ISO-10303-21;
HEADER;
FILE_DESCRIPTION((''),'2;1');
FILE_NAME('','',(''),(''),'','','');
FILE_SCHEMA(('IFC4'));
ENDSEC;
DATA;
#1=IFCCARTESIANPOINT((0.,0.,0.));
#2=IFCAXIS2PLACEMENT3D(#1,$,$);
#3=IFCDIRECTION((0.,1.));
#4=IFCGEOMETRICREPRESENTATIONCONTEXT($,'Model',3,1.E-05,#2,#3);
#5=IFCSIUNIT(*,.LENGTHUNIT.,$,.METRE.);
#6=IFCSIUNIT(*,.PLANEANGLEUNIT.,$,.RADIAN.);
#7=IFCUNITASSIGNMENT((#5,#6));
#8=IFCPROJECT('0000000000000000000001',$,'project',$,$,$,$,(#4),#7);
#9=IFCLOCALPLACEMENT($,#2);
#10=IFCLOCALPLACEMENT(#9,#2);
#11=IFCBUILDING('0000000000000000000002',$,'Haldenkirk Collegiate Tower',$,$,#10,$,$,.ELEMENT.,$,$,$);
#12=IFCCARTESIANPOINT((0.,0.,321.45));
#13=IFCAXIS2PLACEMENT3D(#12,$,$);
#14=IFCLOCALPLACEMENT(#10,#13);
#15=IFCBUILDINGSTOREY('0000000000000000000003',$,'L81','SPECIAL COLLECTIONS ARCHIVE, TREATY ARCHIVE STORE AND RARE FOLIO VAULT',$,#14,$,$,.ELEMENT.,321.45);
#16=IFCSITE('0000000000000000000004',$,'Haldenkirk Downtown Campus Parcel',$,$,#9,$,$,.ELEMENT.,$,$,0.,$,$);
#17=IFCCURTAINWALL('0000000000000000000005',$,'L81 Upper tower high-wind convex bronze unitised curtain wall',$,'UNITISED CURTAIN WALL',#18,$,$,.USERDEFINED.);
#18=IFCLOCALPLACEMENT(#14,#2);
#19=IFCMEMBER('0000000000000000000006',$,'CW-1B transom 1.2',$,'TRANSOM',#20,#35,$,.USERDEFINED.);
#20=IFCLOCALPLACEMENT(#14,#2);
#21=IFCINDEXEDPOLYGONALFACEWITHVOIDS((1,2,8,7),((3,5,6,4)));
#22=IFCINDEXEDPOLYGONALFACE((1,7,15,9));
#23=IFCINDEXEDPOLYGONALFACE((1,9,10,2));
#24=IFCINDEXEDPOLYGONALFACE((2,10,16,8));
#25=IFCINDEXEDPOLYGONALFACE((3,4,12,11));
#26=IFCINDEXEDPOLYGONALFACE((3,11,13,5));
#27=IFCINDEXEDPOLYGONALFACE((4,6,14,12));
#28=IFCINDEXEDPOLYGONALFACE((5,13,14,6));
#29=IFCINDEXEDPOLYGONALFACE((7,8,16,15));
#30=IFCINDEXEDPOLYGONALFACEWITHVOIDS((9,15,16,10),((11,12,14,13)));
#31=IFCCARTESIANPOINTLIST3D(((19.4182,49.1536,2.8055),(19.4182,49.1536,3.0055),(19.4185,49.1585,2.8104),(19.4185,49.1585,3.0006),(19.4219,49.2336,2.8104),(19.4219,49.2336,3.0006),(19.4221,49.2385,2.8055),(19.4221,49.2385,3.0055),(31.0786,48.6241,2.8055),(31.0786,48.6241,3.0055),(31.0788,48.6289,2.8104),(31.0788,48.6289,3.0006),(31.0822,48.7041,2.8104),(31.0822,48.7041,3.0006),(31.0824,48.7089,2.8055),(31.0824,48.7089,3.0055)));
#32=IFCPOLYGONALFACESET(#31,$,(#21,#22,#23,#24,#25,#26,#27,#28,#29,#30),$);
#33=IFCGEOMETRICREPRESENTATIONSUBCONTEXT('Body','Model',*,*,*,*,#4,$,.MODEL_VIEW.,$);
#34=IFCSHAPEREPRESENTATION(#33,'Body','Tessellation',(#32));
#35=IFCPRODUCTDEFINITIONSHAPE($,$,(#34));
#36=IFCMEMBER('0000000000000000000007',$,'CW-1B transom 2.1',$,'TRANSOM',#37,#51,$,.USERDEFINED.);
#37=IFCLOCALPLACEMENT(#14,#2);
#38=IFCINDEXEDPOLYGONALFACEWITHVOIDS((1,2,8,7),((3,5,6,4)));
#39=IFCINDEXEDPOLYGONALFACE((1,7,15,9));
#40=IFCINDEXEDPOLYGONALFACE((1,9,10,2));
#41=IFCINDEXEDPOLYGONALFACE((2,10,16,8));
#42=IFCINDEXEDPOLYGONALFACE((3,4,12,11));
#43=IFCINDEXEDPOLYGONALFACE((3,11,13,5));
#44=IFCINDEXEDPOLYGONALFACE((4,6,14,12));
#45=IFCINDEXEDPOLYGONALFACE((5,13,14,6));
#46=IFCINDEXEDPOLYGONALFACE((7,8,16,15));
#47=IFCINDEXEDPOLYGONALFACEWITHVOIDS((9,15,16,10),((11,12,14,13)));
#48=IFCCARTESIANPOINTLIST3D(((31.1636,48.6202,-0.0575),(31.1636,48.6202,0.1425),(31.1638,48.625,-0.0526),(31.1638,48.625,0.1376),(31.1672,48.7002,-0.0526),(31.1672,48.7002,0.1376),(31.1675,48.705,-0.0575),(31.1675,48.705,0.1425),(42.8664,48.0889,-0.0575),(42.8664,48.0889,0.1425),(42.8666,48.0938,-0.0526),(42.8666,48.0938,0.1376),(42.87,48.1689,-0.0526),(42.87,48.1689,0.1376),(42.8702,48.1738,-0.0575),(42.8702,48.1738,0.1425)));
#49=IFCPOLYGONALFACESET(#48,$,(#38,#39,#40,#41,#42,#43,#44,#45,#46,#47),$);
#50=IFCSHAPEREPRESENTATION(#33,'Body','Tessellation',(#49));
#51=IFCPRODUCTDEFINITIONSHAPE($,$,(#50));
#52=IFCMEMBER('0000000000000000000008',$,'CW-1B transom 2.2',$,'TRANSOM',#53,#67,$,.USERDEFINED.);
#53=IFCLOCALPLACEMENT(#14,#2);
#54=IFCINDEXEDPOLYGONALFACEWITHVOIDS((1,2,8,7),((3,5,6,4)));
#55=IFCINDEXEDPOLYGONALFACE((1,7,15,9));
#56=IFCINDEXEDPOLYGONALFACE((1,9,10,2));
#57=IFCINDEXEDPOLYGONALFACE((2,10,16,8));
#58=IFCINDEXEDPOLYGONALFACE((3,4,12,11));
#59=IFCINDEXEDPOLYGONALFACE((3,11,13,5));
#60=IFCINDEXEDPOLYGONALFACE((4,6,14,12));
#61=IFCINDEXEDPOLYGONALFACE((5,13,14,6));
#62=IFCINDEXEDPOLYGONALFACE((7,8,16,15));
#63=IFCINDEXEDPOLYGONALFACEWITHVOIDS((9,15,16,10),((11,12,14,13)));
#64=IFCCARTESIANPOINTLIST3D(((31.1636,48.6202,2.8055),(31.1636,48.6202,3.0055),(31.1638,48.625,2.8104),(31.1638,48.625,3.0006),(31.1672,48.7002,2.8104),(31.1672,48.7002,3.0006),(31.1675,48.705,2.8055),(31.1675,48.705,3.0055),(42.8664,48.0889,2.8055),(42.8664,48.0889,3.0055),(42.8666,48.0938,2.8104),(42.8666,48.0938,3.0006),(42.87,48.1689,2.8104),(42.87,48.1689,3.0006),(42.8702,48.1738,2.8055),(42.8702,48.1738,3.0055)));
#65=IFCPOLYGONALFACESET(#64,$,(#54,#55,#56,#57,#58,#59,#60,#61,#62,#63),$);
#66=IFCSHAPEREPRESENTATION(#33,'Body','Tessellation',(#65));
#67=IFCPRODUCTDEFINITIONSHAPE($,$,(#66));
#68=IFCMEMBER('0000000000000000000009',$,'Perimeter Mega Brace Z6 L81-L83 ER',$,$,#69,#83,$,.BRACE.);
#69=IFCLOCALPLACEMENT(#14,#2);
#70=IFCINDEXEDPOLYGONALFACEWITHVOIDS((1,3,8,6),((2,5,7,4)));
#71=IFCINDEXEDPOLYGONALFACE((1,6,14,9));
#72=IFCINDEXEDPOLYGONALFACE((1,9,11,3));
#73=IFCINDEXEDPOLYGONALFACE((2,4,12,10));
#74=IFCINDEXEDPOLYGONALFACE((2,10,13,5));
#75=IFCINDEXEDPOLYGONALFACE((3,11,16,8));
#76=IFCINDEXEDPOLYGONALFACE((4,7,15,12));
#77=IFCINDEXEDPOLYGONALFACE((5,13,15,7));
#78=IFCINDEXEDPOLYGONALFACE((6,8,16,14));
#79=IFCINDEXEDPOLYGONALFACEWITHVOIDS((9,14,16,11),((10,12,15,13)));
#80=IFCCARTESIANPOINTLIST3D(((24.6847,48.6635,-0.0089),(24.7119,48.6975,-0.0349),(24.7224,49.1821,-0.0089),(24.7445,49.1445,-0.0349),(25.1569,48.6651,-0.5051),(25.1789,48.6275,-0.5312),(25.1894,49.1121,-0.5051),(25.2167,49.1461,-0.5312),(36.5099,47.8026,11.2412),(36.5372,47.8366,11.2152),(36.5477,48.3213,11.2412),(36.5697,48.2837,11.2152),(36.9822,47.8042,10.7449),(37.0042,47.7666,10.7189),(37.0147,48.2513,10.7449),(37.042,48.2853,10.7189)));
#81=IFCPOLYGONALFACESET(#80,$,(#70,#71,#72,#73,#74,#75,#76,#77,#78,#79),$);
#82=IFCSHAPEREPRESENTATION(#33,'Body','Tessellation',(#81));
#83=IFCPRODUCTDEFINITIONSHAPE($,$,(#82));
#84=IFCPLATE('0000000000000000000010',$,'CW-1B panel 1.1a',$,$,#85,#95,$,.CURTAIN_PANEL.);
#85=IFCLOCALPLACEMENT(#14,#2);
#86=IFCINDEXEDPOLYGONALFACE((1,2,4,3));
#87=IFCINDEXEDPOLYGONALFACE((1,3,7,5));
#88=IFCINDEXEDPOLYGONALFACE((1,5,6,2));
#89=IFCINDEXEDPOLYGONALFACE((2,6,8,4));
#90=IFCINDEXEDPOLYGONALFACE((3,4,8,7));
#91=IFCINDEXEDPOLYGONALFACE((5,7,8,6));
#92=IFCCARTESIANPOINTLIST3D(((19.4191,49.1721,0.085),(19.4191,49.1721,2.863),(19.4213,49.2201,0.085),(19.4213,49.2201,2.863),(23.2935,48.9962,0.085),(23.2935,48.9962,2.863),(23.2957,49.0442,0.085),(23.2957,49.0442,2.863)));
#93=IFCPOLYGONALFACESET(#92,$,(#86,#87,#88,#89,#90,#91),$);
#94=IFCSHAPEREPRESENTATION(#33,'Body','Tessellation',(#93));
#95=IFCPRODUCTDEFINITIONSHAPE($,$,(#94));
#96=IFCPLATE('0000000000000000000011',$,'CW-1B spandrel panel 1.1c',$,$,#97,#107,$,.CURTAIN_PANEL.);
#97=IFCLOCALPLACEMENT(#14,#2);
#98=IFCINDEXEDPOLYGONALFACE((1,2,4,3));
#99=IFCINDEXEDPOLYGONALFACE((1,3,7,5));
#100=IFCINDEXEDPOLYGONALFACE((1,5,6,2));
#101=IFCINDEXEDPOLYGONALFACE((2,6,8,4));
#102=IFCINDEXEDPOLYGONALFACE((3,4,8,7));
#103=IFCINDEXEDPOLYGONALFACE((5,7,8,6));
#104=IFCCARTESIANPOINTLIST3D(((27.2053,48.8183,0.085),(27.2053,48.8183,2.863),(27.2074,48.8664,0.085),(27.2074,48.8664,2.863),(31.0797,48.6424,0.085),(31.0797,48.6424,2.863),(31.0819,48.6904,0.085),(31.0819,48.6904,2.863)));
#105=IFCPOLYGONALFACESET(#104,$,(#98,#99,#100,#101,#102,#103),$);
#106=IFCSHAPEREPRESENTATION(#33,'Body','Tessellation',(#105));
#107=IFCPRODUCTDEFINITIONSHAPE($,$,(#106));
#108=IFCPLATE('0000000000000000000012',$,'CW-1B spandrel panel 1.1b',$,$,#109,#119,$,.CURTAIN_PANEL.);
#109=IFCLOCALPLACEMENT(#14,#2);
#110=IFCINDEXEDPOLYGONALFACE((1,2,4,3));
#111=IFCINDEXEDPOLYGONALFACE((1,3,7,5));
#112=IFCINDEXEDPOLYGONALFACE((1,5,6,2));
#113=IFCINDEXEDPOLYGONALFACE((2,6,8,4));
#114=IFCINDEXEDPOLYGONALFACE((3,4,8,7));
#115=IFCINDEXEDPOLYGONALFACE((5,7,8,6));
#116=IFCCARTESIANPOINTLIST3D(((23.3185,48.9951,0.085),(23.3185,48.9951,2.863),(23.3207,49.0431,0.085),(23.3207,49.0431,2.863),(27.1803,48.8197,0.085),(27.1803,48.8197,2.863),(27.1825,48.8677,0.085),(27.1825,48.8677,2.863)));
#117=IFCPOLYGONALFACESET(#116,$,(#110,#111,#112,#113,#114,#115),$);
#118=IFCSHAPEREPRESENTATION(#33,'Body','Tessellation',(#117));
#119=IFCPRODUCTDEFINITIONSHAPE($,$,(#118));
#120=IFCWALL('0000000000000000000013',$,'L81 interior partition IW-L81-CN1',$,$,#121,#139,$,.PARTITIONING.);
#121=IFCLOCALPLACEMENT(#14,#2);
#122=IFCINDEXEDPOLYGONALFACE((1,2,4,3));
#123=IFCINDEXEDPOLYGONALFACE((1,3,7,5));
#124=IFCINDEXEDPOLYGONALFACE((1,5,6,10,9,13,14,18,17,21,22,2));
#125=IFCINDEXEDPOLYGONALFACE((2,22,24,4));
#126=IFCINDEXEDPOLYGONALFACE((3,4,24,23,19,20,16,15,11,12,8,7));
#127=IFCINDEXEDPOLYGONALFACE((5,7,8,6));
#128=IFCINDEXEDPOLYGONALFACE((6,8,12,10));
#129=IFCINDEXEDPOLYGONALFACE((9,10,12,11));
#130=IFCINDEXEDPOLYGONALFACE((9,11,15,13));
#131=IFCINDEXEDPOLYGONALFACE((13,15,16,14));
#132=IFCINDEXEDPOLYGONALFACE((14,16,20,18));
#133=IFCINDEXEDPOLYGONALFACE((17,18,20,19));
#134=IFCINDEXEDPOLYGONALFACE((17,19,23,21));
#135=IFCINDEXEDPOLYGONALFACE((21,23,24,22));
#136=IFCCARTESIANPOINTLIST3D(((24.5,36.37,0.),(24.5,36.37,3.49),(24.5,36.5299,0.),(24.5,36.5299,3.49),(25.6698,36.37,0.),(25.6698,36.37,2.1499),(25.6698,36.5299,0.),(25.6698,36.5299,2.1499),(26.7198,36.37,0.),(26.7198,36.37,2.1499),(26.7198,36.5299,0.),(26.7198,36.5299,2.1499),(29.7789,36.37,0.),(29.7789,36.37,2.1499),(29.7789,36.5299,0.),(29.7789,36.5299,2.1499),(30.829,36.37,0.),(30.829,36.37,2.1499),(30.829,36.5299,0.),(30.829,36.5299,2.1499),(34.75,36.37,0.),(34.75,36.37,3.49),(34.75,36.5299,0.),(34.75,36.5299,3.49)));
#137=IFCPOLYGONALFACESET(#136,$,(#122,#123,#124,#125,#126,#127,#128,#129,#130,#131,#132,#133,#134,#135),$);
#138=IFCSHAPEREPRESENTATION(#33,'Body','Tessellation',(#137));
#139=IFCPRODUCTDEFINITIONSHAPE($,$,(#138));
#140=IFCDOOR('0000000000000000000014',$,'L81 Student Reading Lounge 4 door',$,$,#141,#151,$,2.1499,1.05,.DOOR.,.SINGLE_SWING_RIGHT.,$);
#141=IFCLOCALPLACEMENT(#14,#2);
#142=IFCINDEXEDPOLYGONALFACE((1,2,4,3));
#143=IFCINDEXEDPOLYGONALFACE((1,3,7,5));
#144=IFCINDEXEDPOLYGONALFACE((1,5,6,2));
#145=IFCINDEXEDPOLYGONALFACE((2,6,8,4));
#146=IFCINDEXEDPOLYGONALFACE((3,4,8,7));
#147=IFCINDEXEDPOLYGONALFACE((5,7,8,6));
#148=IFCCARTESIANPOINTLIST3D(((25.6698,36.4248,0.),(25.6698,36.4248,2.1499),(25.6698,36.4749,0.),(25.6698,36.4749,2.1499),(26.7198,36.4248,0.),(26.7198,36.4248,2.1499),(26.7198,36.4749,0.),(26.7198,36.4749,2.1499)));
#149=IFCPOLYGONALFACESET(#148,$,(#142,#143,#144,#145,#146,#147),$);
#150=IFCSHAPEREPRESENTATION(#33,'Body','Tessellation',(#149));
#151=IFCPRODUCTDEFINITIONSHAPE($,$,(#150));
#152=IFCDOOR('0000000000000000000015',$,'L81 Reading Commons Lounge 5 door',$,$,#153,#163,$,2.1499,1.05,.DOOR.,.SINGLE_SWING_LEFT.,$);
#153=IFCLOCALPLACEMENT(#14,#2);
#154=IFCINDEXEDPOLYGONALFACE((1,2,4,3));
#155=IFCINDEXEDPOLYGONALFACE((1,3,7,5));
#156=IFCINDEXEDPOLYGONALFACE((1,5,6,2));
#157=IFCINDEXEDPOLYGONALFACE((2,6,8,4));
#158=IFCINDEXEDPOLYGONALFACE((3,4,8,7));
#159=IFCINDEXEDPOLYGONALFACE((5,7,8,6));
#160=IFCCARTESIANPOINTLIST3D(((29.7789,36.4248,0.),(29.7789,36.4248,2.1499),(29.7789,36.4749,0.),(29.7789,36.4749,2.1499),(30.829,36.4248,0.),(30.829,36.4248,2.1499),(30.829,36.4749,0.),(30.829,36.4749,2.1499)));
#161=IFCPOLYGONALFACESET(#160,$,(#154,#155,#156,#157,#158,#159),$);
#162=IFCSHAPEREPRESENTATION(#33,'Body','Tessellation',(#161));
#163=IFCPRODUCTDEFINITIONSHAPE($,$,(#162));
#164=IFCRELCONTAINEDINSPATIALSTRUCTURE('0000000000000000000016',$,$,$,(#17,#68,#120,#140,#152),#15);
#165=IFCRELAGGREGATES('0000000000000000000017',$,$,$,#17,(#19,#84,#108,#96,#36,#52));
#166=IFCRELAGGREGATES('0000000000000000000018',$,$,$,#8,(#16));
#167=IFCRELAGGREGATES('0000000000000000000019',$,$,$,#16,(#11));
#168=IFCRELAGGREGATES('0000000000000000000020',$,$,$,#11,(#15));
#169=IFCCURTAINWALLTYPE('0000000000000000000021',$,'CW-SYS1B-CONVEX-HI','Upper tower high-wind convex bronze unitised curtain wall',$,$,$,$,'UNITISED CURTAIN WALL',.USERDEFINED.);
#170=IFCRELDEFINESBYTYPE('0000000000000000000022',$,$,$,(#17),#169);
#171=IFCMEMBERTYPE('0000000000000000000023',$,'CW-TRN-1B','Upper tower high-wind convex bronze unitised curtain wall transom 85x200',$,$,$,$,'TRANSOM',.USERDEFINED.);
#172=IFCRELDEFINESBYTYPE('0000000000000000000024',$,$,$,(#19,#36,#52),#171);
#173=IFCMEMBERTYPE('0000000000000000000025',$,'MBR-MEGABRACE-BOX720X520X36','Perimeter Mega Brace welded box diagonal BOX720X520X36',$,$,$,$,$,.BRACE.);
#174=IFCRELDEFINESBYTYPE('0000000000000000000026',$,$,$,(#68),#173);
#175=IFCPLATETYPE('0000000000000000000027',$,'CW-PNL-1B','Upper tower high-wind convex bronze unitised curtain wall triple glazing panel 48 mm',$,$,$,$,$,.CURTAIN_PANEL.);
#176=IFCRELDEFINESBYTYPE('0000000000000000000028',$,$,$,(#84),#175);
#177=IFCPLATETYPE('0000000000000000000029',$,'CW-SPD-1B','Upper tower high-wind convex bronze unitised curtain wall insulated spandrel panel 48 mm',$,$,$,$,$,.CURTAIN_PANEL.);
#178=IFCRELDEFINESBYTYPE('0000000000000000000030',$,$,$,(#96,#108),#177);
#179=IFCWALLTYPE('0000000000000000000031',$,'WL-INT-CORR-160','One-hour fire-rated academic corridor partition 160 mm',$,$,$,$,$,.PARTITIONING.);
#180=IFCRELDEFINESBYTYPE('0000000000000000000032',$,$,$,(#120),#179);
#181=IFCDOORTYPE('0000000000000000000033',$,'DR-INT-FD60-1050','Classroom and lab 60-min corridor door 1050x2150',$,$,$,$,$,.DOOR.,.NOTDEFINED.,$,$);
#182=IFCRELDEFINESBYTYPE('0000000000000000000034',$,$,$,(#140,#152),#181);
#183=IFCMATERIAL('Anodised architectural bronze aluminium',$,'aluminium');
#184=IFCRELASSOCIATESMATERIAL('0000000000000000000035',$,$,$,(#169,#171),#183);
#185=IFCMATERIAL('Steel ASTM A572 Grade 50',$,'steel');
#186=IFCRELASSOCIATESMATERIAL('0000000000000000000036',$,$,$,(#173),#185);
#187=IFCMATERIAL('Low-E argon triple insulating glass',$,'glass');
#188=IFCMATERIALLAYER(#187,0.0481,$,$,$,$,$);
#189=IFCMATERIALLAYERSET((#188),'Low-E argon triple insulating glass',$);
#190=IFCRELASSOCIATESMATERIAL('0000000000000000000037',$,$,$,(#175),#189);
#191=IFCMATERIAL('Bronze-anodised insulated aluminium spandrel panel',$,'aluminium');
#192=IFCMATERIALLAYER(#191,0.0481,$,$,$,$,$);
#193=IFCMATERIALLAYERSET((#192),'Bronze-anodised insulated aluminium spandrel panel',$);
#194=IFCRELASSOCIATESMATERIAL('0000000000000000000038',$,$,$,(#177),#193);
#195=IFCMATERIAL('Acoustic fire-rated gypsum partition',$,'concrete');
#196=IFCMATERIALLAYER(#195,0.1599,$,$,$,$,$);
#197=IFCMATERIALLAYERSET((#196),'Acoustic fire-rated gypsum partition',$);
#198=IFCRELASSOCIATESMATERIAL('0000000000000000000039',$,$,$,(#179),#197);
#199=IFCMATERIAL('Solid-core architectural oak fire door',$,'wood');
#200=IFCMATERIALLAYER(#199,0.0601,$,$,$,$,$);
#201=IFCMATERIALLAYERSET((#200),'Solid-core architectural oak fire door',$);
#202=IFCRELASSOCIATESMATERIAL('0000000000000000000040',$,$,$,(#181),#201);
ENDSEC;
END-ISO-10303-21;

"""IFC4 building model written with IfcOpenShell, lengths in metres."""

from ifc_helpers import new_model, si_unit, direction, frame, frame_2d, origin, origin_2d, place, context, subcontext, project, spatial, rectangle, hollow_rectangle, extrude, source, transform, mapped, material, layer, layer_set, material_profile, profile_set, type_object, element, fill, aggregate, save


model = new_model("IFC4")

# Units and contexts
model_context = context("Model", 3, precision=1e-05, world=origin(), true_north=direction((0.0, 1.0)))
body_context = subcontext(model_context, "Body", "Model", "MODEL_VIEW")
ifc_project = project(units=[si_unit("LENGTHUNIT", "METRE"), si_unit("PLANEANGLEUNIT", "RADIAN")], contexts=[model_context])

# Site, building, storey
site_placement = place(None, origin())
site = spatial("IfcSite", under=ifc_project, at=site_placement, Name="Haldenkirk Downtown Campus Parcel", CompositionType="ELEMENT", RefElevation=0.0)
building_placement = place(site_placement, origin())
building = spatial("IfcBuilding", under=site, at=building_placement, Name="Haldenkirk Collegiate Tower", CompositionType="ELEMENT")
storey_placement = place(building_placement, frame((0.0, 0.0, 321.45)))
storey = spatial("IfcBuildingStorey", under=building, at=storey_placement, Name="L81", Description="SPECIAL COLLECTIONS ARCHIVE, TREATY ARCHIVE STORE AND RARE FOLIO VAULT", CompositionType="ELEMENT", Elevation=321.45)

# Shared definitions
ifc_material_1 = material(Name="Steel ASTM A572 Grade 50", Category="steel")

# Curtain wall, members
ifc_material_2 = material(Name="Anodised architectural bronze aluminium", Category="aluminium")
curtain_wall_type = type_object("IfcCurtainWallType", Name="CW-SYS1B-CONVEX-HI", Description="Upper tower high-wind convex bronze unitised curtain wall", ElementType="UNITISED CURTAIN WALL", PredefinedType="USERDEFINED", material=ifc_material_2)
curtain_wall_placement = place(storey_placement, origin())
curtain_wall = element("IfcCurtainWall", 1, at=curtain_wall_placement, inside=storey, type_object=curtain_wall_type, Name="L81 Upper tower high-wind convex bronze unitised curtain wall", ObjectType="UNITISED CURTAIN WALL", PredefinedType="USERDEFINED")
ifc_material_profile_1 = material_profile(ifc_material_2, hollow_rectangle(XDim=0.085, YDim=0.2, WallThickness=0.0049, at=origin_2d()), Name="CW-TRN-1B")
ifc_profile_set_1 = profile_set([ifc_material_profile_1], Name="Anodised architectural bronze aluminium")
member_type_1 = type_object("IfcMemberType", Name="CW-TRN-1B", Description="Upper tower high-wind convex bronze unitised curtain wall transom 85x200", ElementType="TRANSOM", PredefinedType="USERDEFINED", material=ifc_profile_set_1)
member_1_placement = place(storey_placement, frame((19.4202, 49.196, 2.9055), z_axis=(0.99897, -0.045367, 0.0), x_axis=(0.045367, 0.99897, 0.0)))
member_1 = element("IfcMember", 2, at=member_1_placement, type_object=member_type_1, Name="CW-1B transom 1.2", ObjectType="TRANSOM", PredefinedType="USERDEFINED", context=body_context, shape_type="SweptSolid", body=[
    extrude(hollow_rectangle(XDim=0.085, YDim=0.2, WallThickness=0.0049, at=origin_2d()), origin(), (0.0, 0.0, 1.0), 11.6724),
])
member_2_placement = place(storey_placement, frame((31.1655, 48.6626, 0.0425), z_axis=(0.998971, -0.045348, 0.0), x_axis=(0.045348, 0.998971, 0.0)))
member_2 = element("IfcMember", 3, at=member_2_placement, type_object=member_type_1, Name="CW-1B transom 2.1", ObjectType="TRANSOM", PredefinedType="USERDEFINED", context=body_context, shape_type="SweptSolid", body=[
    extrude(hollow_rectangle(XDim=0.085, YDim=0.2, WallThickness=0.0049, at=origin_2d()), origin(), (0.0, 0.0, 1.0), 11.7148),
])
member_3_placement = place(storey_placement, frame((31.1655, 48.6626, 2.9055), z_axis=(0.998971, -0.045348, 0.0), x_axis=(0.045348, 0.998971, 0.0)))
member_3 = element("IfcMember", 4, at=member_3_placement, type_object=member_type_1, Name="CW-1B transom 2.2", ObjectType="TRANSOM", PredefinedType="USERDEFINED", context=body_context, shape_type="SweptSolid", body=[
    extrude(hollow_rectangle(XDim=0.085, YDim=0.2, WallThickness=0.0049, at=origin_2d()), origin(), (0.0, 0.0, 1.0), 11.7148),
])

# Member
ifc_material_profile_2 = material_profile(ifc_material_1, hollow_rectangle(XDim=0.52, YDim=0.72, WallThickness=0.0359, at=origin_2d()), Name="BOX720X520X36")
ifc_profile_set_2 = profile_set([ifc_material_profile_2], Name="Steel ASTM A572 Grade 50")
member_type_2 = type_object("IfcMemberType", Name="MBR-MEGABRACE-BOX720X520X36", Description="Perimeter Mega Brace welded box diagonal BOX720X520X36", PredefinedType="BRACE", material=ifc_profile_set_2)
member_4_placement = place(storey_placement, frame((24.9507, 48.9048, -0.27), z_axis=(0.723502, -0.052669, 0.68831), x_axis=(0.072605, 0.997361, 0.0)))
element("IfcMember", 5, at=member_4_placement, inside=storey, type_object=member_type_2, Name="Perimeter Mega Brace Z6 L81-L83 ER", PredefinedType="BRACE", context=body_context, shape_type="SweptSolid", body=[
    extrude(hollow_rectangle(XDim=0.52, YDim=0.72, WallThickness=0.0359, at=origin_2d()), origin(), (0.0, 0.0, 1.0), 16.3445),
])

# Plates
ifc_material_3 = material(Name="Low-E argon triple insulating glass", Category="glass")
ifc_layer_1 = layer(ifc_material_3, 0.0481)
ifc_layer_set_1 = layer_set([ifc_layer_1], Name="Low-E argon triple insulating glass")
plate_type_1 = type_object("IfcPlateType", Name="CW-PNL-1B", Description="Upper tower high-wind convex bronze unitised curtain wall triple glazing panel 48 mm", PredefinedType="CURTAIN_PANEL", material=ifc_layer_set_1)
shared_shape_1 = source(origin(), body_context, "Body", "SweptSolid", [
    extrude(rectangle(XDim=3.8784, YDim=0.0481, at=origin_2d()), origin(), (0.0, 0.0, 1.0), 2.7781),
])
plate_1_placement = place(storey_placement, frame((21.3574, 49.1082, 0.085), z_axis=(0.0, 0.0, 1.0), x_axis=(0.998971, -0.045364, 0.0)))
plate_1 = element("IfcPlate", 6, at=plate_1_placement, type_object=plate_type_1, Name="CW-1B panel 1.1a", PredefinedType="CURTAIN_PANEL", context=body_context, shape_type="MappedRepresentation", body=[
    mapped(shared_shape_1, transform((0.0, 0.0, 0.0), x_axis=(1.0, 0.0, 0.0), y_axis=(0.0, 1.0, 0.0), z_axis=(0.0, 0.0, 1.0), scale=1.0)),
])
ifc_material_4 = material(Name="Bronze-anodised insulated aluminium spandrel panel", Category="aluminium")
ifc_layer_2 = layer(ifc_material_4, 0.0481)
ifc_layer_set_2 = layer_set([ifc_layer_2], Name="Bronze-anodised insulated aluminium spandrel panel")
plate_type_2 = type_object("IfcPlateType", Name="CW-SPD-1B", Description="Upper tower high-wind convex bronze unitised curtain wall insulated spandrel panel 48 mm", PredefinedType="CURTAIN_PANEL", material=ifc_layer_set_2)
plate_2_placement = place(storey_placement, frame((29.1436, 48.7544, 0.085), z_axis=(0.0, 0.0, 1.0), x_axis=(0.998971, -0.045364, 0.0)))
plate_2 = element("IfcPlate", 7, at=plate_2_placement, type_object=plate_type_2, Name="CW-1B spandrel panel 1.1c", PredefinedType="CURTAIN_PANEL", context=body_context, shape_type="MappedRepresentation", body=[
    mapped(shared_shape_1, transform((0.0, 0.0, 0.0), x_axis=(1.0, 0.0, 0.0), y_axis=(0.0, 1.0, 0.0), z_axis=(0.0, 0.0, 1.0), scale=1.0)),
])
shared_shape_2 = source(origin(), body_context, "Body", "SweptSolid", [
    extrude(rectangle(XDim=3.8657, YDim=0.0481, at=origin_2d()), origin(), (0.0, 0.0, 1.0), 2.7781),
])
plate_3_placement = place(storey_placement, frame((25.2505, 48.9314, 0.085), z_axis=(0.0, 0.0, 1.0), x_axis=(0.998971, -0.045364, 0.0)))
plate_3 = element("IfcPlate", 8, at=plate_3_placement, type_object=plate_type_2, Name="CW-1B spandrel panel 1.1b", PredefinedType="CURTAIN_PANEL", context=body_context, shape_type="MappedRepresentation", body=[
    mapped(shared_shape_2, transform((0.0, 0.0, 0.0), x_axis=(1.0, 0.0, 0.0), y_axis=(0.0, 1.0, 0.0), z_axis=(0.0, 0.0, 1.0), scale=1.0)),
])
aggregate(curtain_wall, [member_1, plate_1, plate_3, plate_2, member_2, member_3])

# Wall, openings, doors
ifc_material_5 = material(Name="Acoustic fire-rated gypsum partition", Category="concrete")
ifc_layer_3 = layer(ifc_material_5, 0.1599)
ifc_layer_set_3 = layer_set([ifc_layer_3], Name="Acoustic fire-rated gypsum partition")
wall_type_1 = type_object("IfcWallType", Name="WL-INT-CORR-160", Description="One-hour fire-rated academic corridor partition 160 mm", PredefinedType="PARTITIONING", material=ifc_layer_set_3)
wall_1_placement = place(storey_placement, frame((24.5, 36.45, 0.0), z_axis=(0.0, 0.0, 1.0), x_axis=(1.0, 0.0, 0.0)))
wall_1 = element("IfcWall", 9, at=wall_1_placement, inside=storey, type_object=wall_type_1, Name="L81 interior partition IW-L81-CN1", PredefinedType="PARTITIONING", context=body_context, shape_type="SweptSolid", body=[
    extrude(rectangle(XDim=10.25, YDim=0.1599, at=frame_2d((5.125, 0.0))), origin(), (0.0, 0.0, 1.0), 3.49),
])
opening_1_placement = place(wall_1_placement, frame((1.1699, 0.0, 0.0)))
opening_1 = element("IfcOpeningElement", 10, at=opening_1_placement, cuts=wall_1, PredefinedType="OPENING", context=body_context, shape_type="SweptSolid", body=[
    extrude(rectangle(XDim=1.05, YDim=2.1499, at=frame_2d((0.5249, 1.075))), frame((0.0, 0.0898, 0.0), z_axis=(0.0, -1.0, 0.0), x_axis=(1.0, 0.0, 0.0)), (0.0, 0.0, 1.0), 0.1799),
])
opening_2_placement = place(wall_1_placement, frame((5.2791, 0.0, 0.0)))
opening_2 = element("IfcOpeningElement", 11, at=opening_2_placement, cuts=wall_1, PredefinedType="OPENING", context=body_context, shape_type="SweptSolid", body=[
    extrude(rectangle(XDim=1.05, YDim=2.1499, at=frame_2d((0.5249, 1.075))), frame((0.0, 0.0898, 0.0), z_axis=(0.0, -1.0, 0.0), x_axis=(1.0, 0.0, 0.0)), (0.0, 0.0, 1.0), 0.1799),
])
ifc_material_6 = material(Name="Solid-core architectural oak fire door", Category="wood")
ifc_layer_4 = layer(ifc_material_6, 0.0601)
ifc_layer_set_4 = layer_set([ifc_layer_4], Name="Solid-core architectural oak fire door")
door_type = type_object("IfcDoorType", Name="DR-INT-FD60-1050", Description="Classroom and lab 60-min corridor door 1050x2150", OperationType="NOTDEFINED", PredefinedType="DOOR", material=ifc_layer_set_4)
door_1_placement = place(opening_1_placement, origin())
door_1 = element("IfcDoor", 12, at=door_1_placement, inside=storey, type_object=door_type, Name="L81 Student Reading Lounge 4 door", OperationType="SINGLE_SWING_RIGHT", OverallHeight=2.1499, OverallWidth=1.05, PredefinedType="DOOR", context=body_context, shape_type="SweptSolid", body=[
    extrude(rectangle(XDim=1.05, YDim=2.1499, at=frame_2d((0.5249, 1.075))), frame((0.0, 0.0249, 0.0), z_axis=(0.0, -1.0, 0.0), x_axis=(1.0, 0.0, 0.0)), (0.0, 0.0, 1.0), 0.05),
])
fill(opening_1, door_1)
door_2_placement = place(opening_2_placement, origin())
door_2 = element("IfcDoor", 13, at=door_2_placement, inside=storey, type_object=door_type, Name="L81 Reading Commons Lounge 5 door", OperationType="SINGLE_SWING_LEFT", OverallHeight=2.1499, OverallWidth=1.05, PredefinedType="DOOR", context=body_context, shape_type="SweptSolid", body=[
    extrude(rectangle(XDim=1.05, YDim=2.1499, at=frame_2d((0.5249, 1.075))), frame((0.0, 0.0249, 0.0), z_axis=(0.0, -1.0, 0.0), x_axis=(1.0, 0.0, 0.0)), (0.0, 0.0, 1.0), 0.05),
])
fill(opening_2, door_2)

save(model, "model.ifc")
